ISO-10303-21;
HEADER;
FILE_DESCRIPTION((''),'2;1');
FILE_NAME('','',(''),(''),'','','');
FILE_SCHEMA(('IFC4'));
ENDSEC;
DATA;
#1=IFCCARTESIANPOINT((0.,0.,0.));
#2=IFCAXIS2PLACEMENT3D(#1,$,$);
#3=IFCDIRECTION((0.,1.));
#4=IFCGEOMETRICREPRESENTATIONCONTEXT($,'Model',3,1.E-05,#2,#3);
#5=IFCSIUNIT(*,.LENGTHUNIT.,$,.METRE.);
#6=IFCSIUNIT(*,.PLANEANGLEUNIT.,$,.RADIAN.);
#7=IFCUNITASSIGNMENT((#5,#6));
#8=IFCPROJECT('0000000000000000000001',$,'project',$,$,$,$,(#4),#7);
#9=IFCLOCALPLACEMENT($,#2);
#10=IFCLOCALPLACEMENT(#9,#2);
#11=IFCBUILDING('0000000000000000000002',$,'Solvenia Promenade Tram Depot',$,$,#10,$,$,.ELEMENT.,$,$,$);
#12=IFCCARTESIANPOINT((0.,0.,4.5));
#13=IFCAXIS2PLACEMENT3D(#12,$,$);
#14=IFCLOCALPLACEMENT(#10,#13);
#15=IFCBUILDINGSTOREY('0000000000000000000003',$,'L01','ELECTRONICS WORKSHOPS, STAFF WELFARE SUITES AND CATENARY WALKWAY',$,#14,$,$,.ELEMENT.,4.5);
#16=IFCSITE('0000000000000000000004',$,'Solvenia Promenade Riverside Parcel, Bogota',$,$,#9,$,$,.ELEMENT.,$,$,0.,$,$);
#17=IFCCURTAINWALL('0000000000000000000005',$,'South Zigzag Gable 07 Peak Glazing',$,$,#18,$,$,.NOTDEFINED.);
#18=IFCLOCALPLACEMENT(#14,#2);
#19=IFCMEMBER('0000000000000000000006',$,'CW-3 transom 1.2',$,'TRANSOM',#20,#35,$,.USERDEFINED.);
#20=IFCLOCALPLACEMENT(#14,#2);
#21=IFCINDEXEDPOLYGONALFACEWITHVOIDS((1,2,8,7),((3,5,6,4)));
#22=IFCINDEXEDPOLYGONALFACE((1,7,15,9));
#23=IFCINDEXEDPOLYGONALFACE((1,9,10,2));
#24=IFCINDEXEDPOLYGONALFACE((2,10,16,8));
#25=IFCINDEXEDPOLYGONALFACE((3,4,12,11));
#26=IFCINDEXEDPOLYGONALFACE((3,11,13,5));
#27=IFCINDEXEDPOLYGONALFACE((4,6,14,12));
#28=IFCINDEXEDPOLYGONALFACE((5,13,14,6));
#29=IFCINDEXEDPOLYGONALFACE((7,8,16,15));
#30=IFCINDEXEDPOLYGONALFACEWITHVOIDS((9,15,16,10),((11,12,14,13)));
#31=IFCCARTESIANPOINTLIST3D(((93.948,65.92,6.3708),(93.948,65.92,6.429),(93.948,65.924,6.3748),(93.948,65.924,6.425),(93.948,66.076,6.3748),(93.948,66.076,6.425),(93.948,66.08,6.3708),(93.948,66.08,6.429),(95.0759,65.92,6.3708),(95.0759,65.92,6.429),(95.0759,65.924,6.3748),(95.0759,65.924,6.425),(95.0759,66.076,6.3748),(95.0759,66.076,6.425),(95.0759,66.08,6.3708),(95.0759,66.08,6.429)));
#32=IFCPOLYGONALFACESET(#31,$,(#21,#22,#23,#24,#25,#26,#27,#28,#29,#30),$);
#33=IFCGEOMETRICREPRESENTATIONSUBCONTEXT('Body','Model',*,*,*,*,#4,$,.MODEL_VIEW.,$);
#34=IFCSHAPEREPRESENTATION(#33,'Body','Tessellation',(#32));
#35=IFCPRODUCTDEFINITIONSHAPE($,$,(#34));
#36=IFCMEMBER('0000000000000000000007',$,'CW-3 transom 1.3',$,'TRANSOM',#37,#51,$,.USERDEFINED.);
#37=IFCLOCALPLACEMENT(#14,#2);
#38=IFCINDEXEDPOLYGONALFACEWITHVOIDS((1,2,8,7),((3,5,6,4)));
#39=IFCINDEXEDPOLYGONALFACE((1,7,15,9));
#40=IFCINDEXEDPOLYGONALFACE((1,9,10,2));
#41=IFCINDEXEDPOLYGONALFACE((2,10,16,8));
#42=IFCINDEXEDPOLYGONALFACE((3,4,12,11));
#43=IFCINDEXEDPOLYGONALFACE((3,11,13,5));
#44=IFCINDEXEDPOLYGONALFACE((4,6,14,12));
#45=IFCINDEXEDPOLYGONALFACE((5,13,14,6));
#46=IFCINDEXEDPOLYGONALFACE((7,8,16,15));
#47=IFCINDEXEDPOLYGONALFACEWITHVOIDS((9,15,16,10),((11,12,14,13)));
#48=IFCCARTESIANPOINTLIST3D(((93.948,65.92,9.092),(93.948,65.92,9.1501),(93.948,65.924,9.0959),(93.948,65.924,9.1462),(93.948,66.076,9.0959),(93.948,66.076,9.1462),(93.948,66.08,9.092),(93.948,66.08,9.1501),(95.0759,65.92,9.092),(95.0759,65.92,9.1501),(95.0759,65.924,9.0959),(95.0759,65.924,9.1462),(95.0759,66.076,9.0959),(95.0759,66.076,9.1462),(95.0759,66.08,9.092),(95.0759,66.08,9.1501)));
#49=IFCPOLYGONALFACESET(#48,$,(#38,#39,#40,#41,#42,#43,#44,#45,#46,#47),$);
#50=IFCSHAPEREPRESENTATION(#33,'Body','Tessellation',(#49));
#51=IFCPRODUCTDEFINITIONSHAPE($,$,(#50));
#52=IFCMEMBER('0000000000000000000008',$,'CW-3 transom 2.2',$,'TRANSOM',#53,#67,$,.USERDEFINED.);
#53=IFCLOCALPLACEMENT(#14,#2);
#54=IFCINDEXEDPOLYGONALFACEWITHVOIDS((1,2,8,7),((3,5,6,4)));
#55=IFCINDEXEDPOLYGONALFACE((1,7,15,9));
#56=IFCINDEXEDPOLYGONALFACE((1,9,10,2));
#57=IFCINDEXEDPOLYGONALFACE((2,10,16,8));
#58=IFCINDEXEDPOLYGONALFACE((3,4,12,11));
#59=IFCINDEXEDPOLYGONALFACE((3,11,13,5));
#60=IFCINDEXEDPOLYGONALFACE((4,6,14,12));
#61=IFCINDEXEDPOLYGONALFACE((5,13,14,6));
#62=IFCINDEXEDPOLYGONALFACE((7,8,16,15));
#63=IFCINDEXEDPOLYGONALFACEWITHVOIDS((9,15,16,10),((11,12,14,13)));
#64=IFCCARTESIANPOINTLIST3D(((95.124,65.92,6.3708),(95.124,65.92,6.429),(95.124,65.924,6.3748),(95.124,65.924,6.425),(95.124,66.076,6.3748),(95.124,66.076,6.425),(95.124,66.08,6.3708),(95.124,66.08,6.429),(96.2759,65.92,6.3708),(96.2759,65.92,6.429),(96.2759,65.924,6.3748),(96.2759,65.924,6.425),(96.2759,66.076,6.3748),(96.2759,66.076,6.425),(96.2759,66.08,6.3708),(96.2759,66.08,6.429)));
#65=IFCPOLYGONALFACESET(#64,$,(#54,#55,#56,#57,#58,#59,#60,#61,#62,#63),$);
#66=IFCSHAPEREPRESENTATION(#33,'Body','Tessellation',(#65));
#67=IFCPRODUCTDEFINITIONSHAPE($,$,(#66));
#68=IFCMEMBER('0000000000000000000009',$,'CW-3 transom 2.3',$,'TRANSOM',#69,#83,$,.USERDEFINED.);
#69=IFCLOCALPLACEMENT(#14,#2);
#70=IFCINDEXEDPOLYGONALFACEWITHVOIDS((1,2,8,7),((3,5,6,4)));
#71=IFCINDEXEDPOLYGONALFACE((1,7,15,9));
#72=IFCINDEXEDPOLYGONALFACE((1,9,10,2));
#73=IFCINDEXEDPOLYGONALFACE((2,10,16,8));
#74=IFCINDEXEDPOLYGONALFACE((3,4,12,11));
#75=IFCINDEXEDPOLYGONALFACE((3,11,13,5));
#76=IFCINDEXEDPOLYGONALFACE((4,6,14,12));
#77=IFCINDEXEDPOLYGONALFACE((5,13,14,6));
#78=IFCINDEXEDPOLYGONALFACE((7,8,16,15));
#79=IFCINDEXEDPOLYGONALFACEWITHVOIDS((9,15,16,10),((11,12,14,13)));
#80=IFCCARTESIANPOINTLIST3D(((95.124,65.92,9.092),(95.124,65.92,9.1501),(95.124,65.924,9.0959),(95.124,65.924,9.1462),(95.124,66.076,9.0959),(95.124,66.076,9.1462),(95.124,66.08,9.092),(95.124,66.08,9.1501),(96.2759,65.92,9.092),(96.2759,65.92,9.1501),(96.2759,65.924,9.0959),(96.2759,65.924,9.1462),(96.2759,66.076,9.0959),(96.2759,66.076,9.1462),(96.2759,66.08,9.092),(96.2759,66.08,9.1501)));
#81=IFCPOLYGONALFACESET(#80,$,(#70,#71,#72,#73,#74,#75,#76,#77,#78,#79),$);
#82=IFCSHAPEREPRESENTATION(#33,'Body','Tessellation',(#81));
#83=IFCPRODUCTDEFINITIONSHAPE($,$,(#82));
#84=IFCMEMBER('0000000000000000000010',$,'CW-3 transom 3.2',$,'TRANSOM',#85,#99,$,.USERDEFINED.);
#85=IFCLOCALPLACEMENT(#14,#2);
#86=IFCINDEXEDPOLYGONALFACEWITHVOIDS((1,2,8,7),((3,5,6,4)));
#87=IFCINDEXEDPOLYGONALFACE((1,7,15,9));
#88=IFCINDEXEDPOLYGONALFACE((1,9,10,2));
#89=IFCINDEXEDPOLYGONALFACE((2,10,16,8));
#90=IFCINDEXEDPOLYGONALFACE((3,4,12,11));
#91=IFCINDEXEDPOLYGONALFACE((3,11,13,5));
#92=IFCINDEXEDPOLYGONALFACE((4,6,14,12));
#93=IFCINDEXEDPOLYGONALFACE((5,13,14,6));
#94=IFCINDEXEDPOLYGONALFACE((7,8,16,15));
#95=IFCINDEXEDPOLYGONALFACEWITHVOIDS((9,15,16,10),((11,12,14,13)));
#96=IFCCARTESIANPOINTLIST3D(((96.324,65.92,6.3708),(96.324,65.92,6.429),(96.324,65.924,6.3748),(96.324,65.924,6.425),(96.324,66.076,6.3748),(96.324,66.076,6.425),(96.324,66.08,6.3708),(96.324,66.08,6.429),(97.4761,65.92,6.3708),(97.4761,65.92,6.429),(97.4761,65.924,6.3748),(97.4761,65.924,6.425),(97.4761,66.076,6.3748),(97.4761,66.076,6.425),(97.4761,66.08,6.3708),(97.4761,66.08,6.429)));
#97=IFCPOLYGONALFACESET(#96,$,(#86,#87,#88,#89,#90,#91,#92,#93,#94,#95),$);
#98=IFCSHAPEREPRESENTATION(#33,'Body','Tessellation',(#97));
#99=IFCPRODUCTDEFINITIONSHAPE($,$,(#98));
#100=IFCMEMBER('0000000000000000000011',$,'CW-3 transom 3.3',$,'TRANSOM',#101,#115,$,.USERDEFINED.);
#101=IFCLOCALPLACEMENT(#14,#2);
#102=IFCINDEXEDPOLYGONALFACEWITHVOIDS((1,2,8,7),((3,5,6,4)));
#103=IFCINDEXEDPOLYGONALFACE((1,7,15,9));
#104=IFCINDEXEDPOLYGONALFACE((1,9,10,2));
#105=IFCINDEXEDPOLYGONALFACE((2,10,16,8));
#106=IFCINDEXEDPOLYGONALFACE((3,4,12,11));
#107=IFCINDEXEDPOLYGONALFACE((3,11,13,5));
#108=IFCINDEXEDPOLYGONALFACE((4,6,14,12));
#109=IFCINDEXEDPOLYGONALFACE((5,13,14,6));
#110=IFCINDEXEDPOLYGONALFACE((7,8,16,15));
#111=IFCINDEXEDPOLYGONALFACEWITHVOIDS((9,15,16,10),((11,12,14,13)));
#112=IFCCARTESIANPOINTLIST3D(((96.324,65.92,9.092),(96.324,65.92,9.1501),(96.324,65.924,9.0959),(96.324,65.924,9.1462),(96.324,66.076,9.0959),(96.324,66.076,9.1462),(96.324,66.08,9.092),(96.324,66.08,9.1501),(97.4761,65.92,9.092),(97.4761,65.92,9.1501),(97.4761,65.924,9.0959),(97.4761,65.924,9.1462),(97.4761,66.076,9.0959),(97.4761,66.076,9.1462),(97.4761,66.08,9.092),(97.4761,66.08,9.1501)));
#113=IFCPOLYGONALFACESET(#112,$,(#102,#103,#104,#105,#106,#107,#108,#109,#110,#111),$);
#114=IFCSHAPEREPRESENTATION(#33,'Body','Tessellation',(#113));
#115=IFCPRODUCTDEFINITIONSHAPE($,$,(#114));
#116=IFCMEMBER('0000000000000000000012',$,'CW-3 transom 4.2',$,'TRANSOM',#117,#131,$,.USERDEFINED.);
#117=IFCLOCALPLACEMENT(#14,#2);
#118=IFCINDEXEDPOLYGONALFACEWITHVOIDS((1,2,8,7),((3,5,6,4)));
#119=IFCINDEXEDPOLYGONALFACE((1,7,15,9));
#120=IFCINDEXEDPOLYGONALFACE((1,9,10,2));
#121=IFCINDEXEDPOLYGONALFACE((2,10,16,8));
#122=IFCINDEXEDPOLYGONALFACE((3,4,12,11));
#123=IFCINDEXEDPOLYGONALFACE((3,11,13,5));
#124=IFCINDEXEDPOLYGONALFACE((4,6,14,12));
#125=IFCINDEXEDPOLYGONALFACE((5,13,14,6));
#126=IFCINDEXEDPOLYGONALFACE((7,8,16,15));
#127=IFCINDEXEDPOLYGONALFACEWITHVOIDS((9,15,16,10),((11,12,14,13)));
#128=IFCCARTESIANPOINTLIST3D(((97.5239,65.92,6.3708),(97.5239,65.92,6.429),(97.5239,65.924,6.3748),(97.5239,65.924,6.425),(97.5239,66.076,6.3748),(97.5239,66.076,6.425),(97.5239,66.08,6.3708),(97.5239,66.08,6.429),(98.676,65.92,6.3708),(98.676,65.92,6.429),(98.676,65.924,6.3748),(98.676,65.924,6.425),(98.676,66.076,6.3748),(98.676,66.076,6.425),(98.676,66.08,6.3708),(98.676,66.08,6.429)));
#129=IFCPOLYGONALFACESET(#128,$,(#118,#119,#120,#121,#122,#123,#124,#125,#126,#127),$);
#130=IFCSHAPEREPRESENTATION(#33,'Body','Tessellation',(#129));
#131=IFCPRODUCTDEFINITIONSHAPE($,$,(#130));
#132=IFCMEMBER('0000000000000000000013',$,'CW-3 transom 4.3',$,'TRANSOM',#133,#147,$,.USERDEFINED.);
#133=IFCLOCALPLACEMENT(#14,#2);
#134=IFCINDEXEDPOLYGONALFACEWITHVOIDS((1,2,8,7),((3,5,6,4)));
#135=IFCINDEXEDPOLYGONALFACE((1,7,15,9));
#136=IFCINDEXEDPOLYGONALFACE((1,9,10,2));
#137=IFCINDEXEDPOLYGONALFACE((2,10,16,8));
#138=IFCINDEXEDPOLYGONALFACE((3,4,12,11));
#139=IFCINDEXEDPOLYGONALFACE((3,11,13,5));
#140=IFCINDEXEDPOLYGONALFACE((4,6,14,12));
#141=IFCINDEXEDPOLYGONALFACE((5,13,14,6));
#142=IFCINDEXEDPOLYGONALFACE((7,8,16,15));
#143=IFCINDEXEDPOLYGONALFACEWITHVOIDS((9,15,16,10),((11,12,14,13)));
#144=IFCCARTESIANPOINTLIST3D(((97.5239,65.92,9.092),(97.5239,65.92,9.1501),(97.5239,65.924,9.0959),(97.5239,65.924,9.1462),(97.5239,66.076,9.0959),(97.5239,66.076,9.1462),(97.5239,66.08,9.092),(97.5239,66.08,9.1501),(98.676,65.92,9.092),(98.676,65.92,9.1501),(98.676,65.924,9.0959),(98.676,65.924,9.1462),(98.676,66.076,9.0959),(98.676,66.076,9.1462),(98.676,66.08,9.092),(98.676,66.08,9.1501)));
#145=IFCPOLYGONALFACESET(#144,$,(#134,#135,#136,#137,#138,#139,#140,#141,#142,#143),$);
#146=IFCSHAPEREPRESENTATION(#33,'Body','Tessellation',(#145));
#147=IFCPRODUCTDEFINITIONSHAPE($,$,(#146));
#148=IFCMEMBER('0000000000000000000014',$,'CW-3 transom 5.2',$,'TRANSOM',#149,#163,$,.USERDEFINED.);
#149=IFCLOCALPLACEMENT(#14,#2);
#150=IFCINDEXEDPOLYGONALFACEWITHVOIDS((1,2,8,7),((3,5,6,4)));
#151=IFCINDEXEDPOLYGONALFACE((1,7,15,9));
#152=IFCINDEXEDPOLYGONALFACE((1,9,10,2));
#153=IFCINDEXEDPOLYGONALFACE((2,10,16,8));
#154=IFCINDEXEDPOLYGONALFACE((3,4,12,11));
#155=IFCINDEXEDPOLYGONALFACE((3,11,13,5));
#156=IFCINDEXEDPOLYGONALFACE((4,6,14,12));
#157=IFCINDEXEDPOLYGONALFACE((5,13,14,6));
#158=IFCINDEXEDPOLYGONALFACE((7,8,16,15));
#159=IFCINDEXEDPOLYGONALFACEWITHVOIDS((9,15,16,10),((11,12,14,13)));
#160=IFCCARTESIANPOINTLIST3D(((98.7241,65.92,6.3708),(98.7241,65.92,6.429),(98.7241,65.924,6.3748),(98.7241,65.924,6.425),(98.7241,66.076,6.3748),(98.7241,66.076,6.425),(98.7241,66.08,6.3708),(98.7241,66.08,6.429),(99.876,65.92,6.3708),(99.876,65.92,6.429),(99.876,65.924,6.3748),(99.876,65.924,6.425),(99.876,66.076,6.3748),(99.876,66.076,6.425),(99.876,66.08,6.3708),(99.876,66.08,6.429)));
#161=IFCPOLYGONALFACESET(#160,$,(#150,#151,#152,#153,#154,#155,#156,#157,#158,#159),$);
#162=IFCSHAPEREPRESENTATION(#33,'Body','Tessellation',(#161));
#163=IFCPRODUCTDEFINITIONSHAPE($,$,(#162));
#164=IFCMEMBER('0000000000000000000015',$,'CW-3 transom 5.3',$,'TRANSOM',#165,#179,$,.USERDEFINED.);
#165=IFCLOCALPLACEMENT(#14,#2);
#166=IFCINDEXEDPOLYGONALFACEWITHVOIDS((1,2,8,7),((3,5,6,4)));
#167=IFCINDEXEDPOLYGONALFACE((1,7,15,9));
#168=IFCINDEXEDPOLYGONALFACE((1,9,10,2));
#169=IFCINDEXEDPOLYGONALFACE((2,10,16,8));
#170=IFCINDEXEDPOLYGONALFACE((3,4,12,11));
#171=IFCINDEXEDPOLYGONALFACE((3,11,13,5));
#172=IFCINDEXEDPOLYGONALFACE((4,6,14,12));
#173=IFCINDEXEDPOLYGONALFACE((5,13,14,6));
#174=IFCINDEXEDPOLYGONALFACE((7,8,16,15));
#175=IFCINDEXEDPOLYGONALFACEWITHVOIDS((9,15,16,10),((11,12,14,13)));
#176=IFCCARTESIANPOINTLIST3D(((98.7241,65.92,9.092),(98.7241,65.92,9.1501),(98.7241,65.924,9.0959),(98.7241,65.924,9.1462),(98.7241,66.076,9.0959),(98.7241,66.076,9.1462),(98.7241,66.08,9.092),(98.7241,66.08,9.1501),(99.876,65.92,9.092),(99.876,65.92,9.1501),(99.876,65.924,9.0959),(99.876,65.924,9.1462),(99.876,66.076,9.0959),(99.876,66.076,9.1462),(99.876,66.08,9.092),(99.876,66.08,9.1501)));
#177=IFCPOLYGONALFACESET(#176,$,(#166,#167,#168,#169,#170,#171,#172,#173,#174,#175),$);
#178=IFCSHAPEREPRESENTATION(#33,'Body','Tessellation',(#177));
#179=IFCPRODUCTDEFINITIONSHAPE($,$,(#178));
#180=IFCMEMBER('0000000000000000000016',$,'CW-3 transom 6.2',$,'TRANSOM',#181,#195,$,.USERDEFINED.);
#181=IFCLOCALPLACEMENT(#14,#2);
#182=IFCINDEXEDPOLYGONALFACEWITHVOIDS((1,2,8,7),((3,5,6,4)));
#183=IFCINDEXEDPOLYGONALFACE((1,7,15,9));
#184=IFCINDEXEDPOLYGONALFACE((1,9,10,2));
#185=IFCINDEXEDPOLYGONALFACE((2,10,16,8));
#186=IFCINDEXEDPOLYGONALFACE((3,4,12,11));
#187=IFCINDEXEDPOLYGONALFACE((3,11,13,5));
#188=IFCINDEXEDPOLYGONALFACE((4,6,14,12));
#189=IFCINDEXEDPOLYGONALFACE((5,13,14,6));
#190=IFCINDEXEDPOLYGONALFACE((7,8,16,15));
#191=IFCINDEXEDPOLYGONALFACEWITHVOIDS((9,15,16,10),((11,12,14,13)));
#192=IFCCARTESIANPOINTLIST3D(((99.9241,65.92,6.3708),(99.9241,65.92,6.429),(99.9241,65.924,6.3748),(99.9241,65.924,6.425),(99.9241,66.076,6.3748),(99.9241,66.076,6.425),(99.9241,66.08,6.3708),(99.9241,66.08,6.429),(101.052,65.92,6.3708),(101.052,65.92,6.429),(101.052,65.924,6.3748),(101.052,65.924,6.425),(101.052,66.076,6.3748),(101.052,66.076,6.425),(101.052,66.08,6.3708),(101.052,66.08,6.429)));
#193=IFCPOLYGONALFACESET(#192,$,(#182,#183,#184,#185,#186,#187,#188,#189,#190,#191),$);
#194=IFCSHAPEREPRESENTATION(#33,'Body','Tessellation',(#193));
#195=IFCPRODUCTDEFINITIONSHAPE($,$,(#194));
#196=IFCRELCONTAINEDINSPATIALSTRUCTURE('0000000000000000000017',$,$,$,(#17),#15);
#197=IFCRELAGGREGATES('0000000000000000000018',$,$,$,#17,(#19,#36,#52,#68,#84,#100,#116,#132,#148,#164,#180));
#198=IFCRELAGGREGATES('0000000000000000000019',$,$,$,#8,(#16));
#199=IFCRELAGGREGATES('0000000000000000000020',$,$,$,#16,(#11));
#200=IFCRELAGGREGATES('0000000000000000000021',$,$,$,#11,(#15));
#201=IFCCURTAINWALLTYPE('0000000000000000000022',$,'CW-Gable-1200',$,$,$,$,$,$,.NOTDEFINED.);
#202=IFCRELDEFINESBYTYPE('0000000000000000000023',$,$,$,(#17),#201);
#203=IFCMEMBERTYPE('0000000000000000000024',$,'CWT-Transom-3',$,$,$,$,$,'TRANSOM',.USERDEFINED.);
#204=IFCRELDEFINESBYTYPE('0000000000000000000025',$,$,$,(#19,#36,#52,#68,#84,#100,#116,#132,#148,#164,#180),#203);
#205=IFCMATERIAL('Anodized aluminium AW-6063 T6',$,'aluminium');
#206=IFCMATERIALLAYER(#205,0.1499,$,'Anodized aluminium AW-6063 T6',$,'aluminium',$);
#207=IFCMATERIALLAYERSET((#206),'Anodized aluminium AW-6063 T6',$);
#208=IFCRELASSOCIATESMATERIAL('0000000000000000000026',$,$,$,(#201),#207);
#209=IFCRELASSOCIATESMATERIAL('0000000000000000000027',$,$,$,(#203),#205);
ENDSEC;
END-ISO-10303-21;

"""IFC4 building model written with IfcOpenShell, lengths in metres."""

from ifc_helpers import new_model, si_unit, direction, frame, origin, origin_2d, place, context, subcontext, project, spatial, hollow_rectangle, extrude, material, layer, layer_set, material_profile, profile_set, type_object, element, aggregate, save


model = new_model("IFC4")

# Units and contexts
model_context = context("Model", 3, precision=1e-05, world=origin(), true_north=direction((0.0, 1.0)))
body_context = subcontext(model_context, "Body", "Model", "MODEL_VIEW")
ifc_project = project(units=[si_unit("LENGTHUNIT", "METRE"), si_unit("PLANEANGLEUNIT", "RADIAN")], contexts=[model_context])

# Site, building, storey
site_placement = place(None, origin())
site = spatial("IfcSite", under=ifc_project, at=site_placement, Name="Solvenia Promenade Riverside Parcel, Bogota", CompositionType="ELEMENT", RefElevation=0.0)
building_placement = place(site_placement, origin())
building = spatial("IfcBuilding", under=site, at=building_placement, Name="Solvenia Promenade Tram Depot", CompositionType="ELEMENT")
storey_placement = place(building_placement, frame((0.0, 0.0, 4.5)))
storey = spatial("IfcBuildingStorey", under=building, at=storey_placement, Name="L01", Description="ELECTRONICS WORKSHOPS, STAFF WELFARE SUITES AND CATENARY WALKWAY", CompositionType="ELEMENT", Elevation=4.5)

# Curtain wall, members
ifc_material_1 = material(Name="Anodized aluminium AW-6063 T6", Category="aluminium")
ifc_layer_1 = layer(ifc_material_1, 0.1499, Name="Anodized aluminium AW-6063 T6", Category="aluminium")
ifc_layer_set_1 = layer_set([ifc_layer_1], Name="Anodized aluminium AW-6063 T6")
curtain_wall_type = type_object("IfcCurtainWallType", Name="CW-Gable-1200", PredefinedType="NOTDEFINED", material=ifc_layer_set_1)
curtain_wall_placement = place(storey_placement, origin())
curtain_wall = element("IfcCurtainWall", 1, at=curtain_wall_placement, inside=storey, type_object=curtain_wall_type, Name="South Zigzag Gable 07 Peak Glazing", PredefinedType="NOTDEFINED")
ifc_material_profile_1 = material_profile(ifc_material_1, hollow_rectangle(XDim=0.1599, YDim=0.0581, WallThickness=0.0039, at=origin_2d()), Name="ALU-T3", Category="aluminium")
ifc_profile_set_1 = profile_set([ifc_material_profile_1], Name="Anodized aluminium AW-6063 T6")
member_type_1 = type_object("IfcMemberType", Name="CWT-Transom-3", ElementType="TRANSOM", PredefinedType="USERDEFINED", material=ifc_profile_set_1)
member_1_placement = place(storey_placement, frame((93.948, 66.0, 6.3999), z_axis=(1.0, 0.0, 0.0), x_axis=(0.0, 1.0, 0.0)))
member_1 = element("IfcMember", 2, at=member_1_placement, type_object=member_type_1, Name="CW-3 transom 1.2", ObjectType="TRANSOM", PredefinedType="USERDEFINED", context=body_context, shape_type="SweptSolid", body=[
    extrude(hollow_rectangle(XDim=0.1599, YDim=0.0581, WallThickness=0.0039, at=origin_2d()), origin(), (0.0, 0.0, 1.0), 1.1279),
])
member_2_placement = place(storey_placement, frame((93.948, 66.0, 9.1211), z_axis=(1.0, 0.0, 0.0), x_axis=(0.0, 1.0, 0.0)))
member_2 = element("IfcMember", 3, at=member_2_placement, type_object=member_type_1, Name="CW-3 transom 1.3", ObjectType="TRANSOM", PredefinedType="USERDEFINED", context=body_context, shape_type="SweptSolid", body=[
    extrude(hollow_rectangle(XDim=0.1599, YDim=0.0581, WallThickness=0.0039, at=origin_2d()), origin(), (0.0, 0.0, 1.0), 1.1279),
])
member_3_placement = place(storey_placement, frame((95.124, 66.0, 6.3999), z_axis=(1.0, 0.0, 0.0), x_axis=(0.0, 1.0, 0.0)))
member_3 = element("IfcMember", 4, at=member_3_placement, type_object=member_type_1, Name="CW-3 transom 2.2", ObjectType="TRANSOM", PredefinedType="USERDEFINED", context=body_context, shape_type="SweptSolid", body=[
    extrude(hollow_rectangle(XDim=0.1599, YDim=0.0581, WallThickness=0.0039, at=origin_2d()), origin(), (0.0, 0.0, 1.0), 1.1519),
])
member_4_placement = place(storey_placement, frame((95.124, 66.0, 9.1211), z_axis=(1.0, 0.0, 0.0), x_axis=(0.0, 1.0, 0.0)))
member_4 = element("IfcMember", 5, at=member_4_placement, type_object=member_type_1, Name="CW-3 transom 2.3", ObjectType="TRANSOM", PredefinedType="USERDEFINED", context=body_context, shape_type="SweptSolid", body=[
    extrude(hollow_rectangle(XDim=0.1599, YDim=0.0581, WallThickness=0.0039, at=origin_2d()), origin(), (0.0, 0.0, 1.0), 1.1519),
])
member_5_placement = place(storey_placement, frame((96.324, 66.0, 6.3999), z_axis=(1.0, 0.0, 0.0), x_axis=(0.0, 1.0, 0.0)))
member_5 = element("IfcMember", 6, at=member_5_placement, type_object=member_type_1, Name="CW-3 transom 3.2", ObjectType="TRANSOM", PredefinedType="USERDEFINED", context=body_context, shape_type="SweptSolid", body=[
    extrude(hollow_rectangle(XDim=0.1599, YDim=0.0581, WallThickness=0.0039, at=origin_2d()), origin(), (0.0, 0.0, 1.0), 1.1521),
])
member_6_placement = place(storey_placement, frame((96.324, 66.0, 9.1211), z_axis=(1.0, 0.0, 0.0), x_axis=(0.0, 1.0, 0.0)))
member_6 = element("IfcMember", 7, at=member_6_placement, type_object=member_type_1, Name="CW-3 transom 3.3", ObjectType="TRANSOM", PredefinedType="USERDEFINED", context=body_context, shape_type="SweptSolid", body=[
    extrude(hollow_rectangle(XDim=0.1599, YDim=0.0581, WallThickness=0.0039, at=origin_2d()), origin(), (0.0, 0.0, 1.0), 1.1521),
])
member_7_placement = place(storey_placement, frame((97.5239, 66.0, 6.3999), z_axis=(1.0, 0.0, 0.0), x_axis=(0.0, 1.0, 0.0)))
member_7 = element("IfcMember", 8, at=member_7_placement, type_object=member_type_1, Name="CW-3 transom 4.2", ObjectType="TRANSOM", PredefinedType="USERDEFINED", context=body_context, shape_type="SweptSolid", body=[
    extrude(hollow_rectangle(XDim=0.1599, YDim=0.0581, WallThickness=0.0039, at=origin_2d()), origin(), (0.0, 0.0, 1.0), 1.1521),
])
member_8_placement = place(storey_placement, frame((97.5239, 66.0, 9.1211), z_axis=(1.0, 0.0, 0.0), x_axis=(0.0, 1.0, 0.0)))
member_8 = element("IfcMember", 9, at=member_8_placement, type_object=member_type_1, Name="CW-3 transom 4.3", ObjectType="TRANSOM", PredefinedType="USERDEFINED", context=body_context, shape_type="SweptSolid", body=[
    extrude(hollow_rectangle(XDim=0.1599, YDim=0.0581, WallThickness=0.0039, at=origin_2d()), origin(), (0.0, 0.0, 1.0), 1.1521),
])
member_9_placement = place(storey_placement, frame((98.7241, 66.0, 6.3999), z_axis=(1.0, 0.0, 0.0), x_axis=(0.0, 1.0, 0.0)))
member_9 = element("IfcMember", 10, at=member_9_placement, type_object=member_type_1, Name="CW-3 transom 5.2", ObjectType="TRANSOM", PredefinedType="USERDEFINED", context=body_context, shape_type="SweptSolid", body=[
    extrude(hollow_rectangle(XDim=0.1599, YDim=0.0581, WallThickness=0.0039, at=origin_2d()), origin(), (0.0, 0.0, 1.0), 1.1519),
])
member_10_placement = place(storey_placement, frame((98.7241, 66.0, 9.1211), z_axis=(1.0, 0.0, 0.0), x_axis=(0.0, 1.0, 0.0)))
member_10 = element("IfcMember", 11, at=member_10_placement, type_object=member_type_1, Name="CW-3 transom 5.3", ObjectType="TRANSOM", PredefinedType="USERDEFINED", context=body_context, shape_type="SweptSolid", body=[
    extrude(hollow_rectangle(XDim=0.1599, YDim=0.0581, WallThickness=0.0039, at=origin_2d()), origin(), (0.0, 0.0, 1.0), 1.1519),
])
member_11_placement = place(storey_placement, frame((99.9241, 66.0, 6.3999), z_axis=(1.0, 0.0, 0.0), x_axis=(0.0, 1.0, 0.0)))
member_11 = element("IfcMember", 12, at=member_11_placement, type_object=member_type_1, Name="CW-3 transom 6.2", ObjectType="TRANSOM", PredefinedType="USERDEFINED", context=body_context, shape_type="SweptSolid", body=[
    extrude(hollow_rectangle(XDim=0.1599, YDim=0.0581, WallThickness=0.0039, at=origin_2d()), origin(), (0.0, 0.0, 1.0), 1.1279),
])

aggregate(curtain_wall, [member_1, member_2, member_3, member_4, member_5, member_6, member_7, member_8, member_9, member_10, member_11])

save(model, "model.ifc")
